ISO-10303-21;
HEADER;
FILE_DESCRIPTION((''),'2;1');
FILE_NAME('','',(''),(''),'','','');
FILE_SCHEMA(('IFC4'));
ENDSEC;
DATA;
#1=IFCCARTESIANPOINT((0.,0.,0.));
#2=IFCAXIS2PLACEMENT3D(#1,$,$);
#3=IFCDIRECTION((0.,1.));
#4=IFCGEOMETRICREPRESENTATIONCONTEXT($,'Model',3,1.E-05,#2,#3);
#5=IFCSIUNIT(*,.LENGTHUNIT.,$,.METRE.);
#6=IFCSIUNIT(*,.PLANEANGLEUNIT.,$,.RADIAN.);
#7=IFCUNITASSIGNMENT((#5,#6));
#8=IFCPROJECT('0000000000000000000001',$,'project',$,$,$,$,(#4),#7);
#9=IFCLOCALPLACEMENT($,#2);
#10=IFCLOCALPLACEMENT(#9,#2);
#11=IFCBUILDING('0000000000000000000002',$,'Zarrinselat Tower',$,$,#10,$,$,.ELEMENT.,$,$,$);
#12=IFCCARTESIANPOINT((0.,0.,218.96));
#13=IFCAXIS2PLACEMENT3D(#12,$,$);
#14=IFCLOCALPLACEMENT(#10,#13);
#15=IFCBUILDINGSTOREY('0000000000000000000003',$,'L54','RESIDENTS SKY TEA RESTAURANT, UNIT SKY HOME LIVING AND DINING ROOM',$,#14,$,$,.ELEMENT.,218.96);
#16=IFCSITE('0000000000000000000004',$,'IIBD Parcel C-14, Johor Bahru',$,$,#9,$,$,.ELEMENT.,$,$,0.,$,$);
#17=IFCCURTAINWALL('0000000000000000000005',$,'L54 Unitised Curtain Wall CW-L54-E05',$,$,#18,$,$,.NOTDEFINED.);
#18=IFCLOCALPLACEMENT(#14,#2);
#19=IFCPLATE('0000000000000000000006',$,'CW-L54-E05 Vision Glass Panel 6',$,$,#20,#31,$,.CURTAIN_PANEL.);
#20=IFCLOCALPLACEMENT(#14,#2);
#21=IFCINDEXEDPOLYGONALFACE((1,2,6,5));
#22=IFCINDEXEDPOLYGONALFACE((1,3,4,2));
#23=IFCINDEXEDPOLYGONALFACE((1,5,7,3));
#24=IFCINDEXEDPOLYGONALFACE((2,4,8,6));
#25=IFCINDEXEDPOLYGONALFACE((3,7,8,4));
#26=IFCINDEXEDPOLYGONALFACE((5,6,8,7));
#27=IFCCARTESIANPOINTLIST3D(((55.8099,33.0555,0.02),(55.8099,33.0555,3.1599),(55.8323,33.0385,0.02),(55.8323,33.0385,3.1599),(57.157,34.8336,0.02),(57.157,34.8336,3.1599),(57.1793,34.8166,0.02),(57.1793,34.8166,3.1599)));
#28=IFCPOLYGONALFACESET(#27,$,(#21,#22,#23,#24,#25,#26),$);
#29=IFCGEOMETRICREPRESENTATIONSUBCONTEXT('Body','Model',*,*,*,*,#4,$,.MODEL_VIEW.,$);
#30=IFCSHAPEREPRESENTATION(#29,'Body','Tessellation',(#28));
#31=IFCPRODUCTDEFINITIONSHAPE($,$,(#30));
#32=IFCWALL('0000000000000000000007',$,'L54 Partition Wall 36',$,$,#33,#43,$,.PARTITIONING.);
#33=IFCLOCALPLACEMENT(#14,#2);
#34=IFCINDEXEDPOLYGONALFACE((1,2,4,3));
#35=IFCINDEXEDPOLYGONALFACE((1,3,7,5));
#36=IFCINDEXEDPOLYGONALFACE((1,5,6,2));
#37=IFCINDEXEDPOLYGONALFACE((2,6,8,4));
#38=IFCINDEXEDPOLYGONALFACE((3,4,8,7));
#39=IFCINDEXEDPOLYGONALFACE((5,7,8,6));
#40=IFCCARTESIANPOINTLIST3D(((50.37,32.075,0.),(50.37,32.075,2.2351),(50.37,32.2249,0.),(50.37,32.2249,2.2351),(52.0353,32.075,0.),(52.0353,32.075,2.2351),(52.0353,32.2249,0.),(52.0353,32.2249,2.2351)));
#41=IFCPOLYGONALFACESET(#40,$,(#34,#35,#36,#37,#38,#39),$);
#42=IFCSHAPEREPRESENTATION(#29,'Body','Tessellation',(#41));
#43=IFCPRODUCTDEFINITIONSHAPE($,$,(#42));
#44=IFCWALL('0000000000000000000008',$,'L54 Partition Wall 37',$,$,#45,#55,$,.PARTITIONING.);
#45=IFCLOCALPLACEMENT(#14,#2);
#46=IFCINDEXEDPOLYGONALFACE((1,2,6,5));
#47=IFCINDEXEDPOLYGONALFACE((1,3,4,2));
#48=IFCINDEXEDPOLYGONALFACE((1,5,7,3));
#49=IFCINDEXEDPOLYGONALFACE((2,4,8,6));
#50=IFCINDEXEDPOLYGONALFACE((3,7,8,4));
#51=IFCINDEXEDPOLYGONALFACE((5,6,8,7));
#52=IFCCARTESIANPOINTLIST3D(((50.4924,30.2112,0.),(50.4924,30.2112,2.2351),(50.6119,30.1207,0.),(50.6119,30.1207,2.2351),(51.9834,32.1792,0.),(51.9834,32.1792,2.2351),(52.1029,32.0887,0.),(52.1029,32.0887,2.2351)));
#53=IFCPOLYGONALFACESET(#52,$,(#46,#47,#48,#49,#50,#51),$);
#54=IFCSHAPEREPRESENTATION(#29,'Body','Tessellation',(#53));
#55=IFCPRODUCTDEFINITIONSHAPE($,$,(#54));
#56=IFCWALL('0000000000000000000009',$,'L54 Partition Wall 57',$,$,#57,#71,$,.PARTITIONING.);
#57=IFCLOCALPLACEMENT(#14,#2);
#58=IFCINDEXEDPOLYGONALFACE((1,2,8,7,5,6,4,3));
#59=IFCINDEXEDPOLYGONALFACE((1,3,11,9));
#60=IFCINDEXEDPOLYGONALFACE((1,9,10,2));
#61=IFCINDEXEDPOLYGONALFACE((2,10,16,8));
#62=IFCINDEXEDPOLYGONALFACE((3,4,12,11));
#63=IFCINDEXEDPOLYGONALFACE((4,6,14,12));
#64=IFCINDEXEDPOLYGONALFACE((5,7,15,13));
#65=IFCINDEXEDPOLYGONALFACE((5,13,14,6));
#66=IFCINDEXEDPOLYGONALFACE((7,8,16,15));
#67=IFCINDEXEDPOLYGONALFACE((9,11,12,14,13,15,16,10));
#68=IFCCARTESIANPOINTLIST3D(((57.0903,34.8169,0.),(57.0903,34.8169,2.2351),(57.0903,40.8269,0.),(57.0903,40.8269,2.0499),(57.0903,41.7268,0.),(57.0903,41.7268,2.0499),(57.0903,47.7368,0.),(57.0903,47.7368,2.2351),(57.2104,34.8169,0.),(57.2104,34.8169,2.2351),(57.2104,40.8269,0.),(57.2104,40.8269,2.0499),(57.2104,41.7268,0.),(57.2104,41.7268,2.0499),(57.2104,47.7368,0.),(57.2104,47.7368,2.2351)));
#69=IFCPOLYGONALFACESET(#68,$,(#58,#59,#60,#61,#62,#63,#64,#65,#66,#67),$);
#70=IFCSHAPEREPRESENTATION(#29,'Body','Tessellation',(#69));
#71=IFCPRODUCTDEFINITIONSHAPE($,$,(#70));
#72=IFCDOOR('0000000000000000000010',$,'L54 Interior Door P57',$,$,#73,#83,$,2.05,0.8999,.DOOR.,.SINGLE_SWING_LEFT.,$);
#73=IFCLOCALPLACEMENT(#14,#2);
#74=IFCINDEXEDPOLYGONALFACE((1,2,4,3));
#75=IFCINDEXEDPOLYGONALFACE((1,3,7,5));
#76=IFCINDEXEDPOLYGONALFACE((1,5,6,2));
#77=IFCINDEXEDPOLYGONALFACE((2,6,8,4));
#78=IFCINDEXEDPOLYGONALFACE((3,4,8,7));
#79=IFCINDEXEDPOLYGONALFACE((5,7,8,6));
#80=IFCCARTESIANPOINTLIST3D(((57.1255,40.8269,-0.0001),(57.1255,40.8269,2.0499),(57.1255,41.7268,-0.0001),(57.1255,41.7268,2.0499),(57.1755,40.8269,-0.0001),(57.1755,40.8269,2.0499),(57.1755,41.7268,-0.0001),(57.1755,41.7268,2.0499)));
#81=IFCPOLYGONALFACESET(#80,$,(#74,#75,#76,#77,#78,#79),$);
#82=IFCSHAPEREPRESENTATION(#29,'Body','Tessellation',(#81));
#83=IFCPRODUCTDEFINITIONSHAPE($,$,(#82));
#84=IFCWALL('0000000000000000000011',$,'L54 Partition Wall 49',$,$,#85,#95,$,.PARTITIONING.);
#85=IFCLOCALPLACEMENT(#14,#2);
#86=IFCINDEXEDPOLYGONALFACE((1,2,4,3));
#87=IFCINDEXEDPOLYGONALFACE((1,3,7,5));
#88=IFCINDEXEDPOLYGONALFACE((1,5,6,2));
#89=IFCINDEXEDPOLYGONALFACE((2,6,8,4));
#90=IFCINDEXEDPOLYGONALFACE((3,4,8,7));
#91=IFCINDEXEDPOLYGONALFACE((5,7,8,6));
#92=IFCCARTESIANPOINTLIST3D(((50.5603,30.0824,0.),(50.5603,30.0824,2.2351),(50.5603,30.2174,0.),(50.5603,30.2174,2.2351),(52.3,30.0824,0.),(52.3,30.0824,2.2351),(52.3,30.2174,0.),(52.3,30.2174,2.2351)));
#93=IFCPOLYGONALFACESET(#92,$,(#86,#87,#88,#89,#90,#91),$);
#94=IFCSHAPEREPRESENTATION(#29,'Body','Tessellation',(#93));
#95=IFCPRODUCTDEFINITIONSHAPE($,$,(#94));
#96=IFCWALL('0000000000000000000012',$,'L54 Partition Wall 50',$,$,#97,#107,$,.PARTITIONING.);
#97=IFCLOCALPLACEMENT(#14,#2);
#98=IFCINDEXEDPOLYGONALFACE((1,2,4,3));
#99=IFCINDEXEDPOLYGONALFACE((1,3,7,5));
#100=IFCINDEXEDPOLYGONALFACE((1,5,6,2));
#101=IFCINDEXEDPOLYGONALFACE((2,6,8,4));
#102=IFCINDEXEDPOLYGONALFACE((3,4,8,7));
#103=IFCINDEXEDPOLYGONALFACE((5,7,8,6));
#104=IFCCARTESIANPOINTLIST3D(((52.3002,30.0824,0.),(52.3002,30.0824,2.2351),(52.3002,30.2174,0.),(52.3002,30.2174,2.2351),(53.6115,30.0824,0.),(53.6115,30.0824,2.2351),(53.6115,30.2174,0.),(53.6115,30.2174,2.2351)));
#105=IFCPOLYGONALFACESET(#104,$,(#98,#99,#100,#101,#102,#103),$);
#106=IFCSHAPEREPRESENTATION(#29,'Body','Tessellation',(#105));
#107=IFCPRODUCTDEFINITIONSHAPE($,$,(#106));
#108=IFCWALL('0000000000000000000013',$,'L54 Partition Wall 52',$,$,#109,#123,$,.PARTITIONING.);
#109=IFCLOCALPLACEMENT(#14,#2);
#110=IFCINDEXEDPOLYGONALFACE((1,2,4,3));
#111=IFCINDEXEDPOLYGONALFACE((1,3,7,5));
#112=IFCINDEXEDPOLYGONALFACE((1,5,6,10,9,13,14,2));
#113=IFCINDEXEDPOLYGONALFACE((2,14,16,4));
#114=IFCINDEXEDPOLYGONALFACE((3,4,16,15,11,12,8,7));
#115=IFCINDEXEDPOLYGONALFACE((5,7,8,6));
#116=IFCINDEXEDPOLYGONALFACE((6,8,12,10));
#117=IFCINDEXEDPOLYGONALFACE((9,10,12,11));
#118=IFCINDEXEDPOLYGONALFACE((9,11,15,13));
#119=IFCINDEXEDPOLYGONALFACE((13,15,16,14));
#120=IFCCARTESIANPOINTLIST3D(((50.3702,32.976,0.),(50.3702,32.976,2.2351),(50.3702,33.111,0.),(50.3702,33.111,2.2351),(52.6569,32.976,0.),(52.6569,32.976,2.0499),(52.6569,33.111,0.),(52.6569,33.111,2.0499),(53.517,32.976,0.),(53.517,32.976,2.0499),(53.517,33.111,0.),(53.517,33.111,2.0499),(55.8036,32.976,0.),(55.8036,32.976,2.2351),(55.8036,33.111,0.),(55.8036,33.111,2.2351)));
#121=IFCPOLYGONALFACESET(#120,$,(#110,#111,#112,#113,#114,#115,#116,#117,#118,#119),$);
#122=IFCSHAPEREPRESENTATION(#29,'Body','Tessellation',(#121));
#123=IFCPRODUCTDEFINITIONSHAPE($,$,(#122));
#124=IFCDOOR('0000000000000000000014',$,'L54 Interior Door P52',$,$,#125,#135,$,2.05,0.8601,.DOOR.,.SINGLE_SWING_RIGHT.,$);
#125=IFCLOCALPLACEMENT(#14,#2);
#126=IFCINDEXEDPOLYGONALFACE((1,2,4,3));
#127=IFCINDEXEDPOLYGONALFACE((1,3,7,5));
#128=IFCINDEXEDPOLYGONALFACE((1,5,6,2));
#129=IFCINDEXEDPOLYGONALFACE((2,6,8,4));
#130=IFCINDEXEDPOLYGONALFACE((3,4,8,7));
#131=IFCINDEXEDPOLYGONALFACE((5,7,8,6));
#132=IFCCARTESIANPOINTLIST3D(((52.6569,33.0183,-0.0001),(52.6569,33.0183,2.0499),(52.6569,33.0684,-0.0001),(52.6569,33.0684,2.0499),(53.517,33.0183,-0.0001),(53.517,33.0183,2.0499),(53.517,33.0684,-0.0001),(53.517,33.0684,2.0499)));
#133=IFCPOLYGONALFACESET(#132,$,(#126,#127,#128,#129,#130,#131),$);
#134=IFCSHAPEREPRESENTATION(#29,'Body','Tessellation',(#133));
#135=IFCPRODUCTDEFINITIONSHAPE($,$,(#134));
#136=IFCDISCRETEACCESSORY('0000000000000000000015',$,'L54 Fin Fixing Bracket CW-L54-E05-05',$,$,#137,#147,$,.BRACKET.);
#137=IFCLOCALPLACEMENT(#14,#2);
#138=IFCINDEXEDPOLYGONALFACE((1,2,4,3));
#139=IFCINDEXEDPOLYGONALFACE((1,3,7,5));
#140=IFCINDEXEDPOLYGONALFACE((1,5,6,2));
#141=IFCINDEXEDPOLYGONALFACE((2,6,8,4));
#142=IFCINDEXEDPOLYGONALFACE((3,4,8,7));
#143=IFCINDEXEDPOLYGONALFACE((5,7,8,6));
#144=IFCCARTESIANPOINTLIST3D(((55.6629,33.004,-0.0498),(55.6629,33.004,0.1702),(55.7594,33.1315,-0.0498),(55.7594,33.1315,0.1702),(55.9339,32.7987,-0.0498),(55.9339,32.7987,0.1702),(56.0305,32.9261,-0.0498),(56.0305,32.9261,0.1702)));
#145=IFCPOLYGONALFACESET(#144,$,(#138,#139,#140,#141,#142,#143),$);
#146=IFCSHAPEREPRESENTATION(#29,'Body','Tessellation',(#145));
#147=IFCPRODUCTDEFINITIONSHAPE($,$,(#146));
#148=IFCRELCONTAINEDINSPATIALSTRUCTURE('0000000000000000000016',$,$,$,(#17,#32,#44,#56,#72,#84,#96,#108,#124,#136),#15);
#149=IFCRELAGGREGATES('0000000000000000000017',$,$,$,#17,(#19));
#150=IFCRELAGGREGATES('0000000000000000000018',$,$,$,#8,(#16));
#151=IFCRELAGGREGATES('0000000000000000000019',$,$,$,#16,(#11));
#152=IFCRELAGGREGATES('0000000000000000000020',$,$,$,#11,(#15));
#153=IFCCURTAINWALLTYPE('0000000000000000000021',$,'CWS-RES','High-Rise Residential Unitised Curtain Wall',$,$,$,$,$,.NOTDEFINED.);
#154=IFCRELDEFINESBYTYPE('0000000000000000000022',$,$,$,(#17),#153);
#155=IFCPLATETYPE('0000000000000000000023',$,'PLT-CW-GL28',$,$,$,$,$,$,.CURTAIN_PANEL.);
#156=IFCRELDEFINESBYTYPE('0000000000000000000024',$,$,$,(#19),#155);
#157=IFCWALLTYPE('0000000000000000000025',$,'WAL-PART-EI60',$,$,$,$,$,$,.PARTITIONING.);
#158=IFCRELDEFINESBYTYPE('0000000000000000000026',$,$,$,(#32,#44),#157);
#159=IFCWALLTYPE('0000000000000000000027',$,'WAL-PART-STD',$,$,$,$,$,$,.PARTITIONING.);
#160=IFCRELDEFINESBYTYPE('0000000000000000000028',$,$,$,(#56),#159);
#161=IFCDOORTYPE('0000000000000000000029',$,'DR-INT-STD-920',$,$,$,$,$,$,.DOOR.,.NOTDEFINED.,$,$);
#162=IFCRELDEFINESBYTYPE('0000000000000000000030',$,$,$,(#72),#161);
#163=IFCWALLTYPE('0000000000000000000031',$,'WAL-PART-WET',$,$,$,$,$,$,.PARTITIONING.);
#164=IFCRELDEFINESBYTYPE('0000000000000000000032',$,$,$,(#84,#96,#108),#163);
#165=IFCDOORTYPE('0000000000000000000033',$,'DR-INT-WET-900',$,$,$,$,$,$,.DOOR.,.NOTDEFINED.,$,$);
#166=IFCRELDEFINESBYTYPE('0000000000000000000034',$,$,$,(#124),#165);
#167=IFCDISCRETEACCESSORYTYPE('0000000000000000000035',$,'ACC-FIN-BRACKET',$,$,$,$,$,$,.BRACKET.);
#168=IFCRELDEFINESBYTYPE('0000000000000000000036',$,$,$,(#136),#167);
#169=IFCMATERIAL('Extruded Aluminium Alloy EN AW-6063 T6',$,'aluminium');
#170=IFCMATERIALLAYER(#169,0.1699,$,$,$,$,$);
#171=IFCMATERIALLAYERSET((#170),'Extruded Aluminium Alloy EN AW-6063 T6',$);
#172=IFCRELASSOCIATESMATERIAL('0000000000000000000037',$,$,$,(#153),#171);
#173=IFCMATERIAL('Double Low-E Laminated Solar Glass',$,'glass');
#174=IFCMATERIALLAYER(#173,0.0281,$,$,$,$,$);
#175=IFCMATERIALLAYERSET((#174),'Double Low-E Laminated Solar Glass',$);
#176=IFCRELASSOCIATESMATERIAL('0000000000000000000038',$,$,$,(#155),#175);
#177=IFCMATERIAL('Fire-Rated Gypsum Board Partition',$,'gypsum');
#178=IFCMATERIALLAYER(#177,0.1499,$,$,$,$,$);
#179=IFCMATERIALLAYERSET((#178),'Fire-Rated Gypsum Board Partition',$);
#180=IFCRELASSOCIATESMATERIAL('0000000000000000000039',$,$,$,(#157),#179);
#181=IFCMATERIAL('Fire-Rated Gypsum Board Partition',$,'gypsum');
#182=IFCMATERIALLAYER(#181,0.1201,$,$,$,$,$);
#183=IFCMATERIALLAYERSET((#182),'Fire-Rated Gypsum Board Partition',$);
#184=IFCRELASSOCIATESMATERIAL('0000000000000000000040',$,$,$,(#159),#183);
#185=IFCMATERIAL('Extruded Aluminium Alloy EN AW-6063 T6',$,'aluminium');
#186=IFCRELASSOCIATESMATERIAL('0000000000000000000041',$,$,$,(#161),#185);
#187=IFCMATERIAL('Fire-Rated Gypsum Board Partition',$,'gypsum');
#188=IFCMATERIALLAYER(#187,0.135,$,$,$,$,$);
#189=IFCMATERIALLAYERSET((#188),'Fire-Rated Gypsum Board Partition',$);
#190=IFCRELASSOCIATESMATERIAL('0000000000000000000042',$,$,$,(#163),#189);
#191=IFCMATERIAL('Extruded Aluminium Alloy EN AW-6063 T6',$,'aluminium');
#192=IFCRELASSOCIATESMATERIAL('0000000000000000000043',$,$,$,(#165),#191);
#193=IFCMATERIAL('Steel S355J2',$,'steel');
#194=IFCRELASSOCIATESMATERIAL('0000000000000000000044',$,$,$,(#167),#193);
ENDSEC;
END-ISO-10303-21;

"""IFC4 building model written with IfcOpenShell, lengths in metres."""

from ifc_helpers import new_model, si_unit, direction, frame, frame_2d, origin, origin_2d, place, context, subcontext, project, spatial, rectangle, extrude, material, layer, layer_set, type_object, element, fill, aggregate, save


model = new_model("IFC4")

# Units and contexts
model_context = context("Model", 3, precision=1e-05, world=origin(), true_north=direction((0.0, 1.0)))
body_context = subcontext(model_context, "Body", "Model", "MODEL_VIEW")
ifc_project = project(units=[si_unit("LENGTHUNIT", "METRE"), si_unit("PLANEANGLEUNIT", "RADIAN")], contexts=[model_context])

# Site, building, storey
site_placement = place(None, origin())
site = spatial("IfcSite", under=ifc_project, at=site_placement, Name="IIBD Parcel C-14, Johor Bahru", CompositionType="ELEMENT", RefElevation=0.0)
building_placement = place(site_placement, origin())
building = spatial("IfcBuilding", under=site, at=building_placement, Name="Zarrinselat Tower", CompositionType="ELEMENT")
storey_placement = place(building_placement, frame((0.0, 0.0, 218.96)))
storey = spatial("IfcBuildingStorey", under=building, at=storey_placement, Name="L54", Description="RESIDENTS SKY TEA RESTAURANT, UNIT SKY HOME LIVING AND DINING ROOM", CompositionType="ELEMENT", Elevation=218.96)

# Curtain wall, plate
ifc_material_1 = material(Name="Extruded Aluminium Alloy EN AW-6063 T6", Category="aluminium")
ifc_layer_1 = layer(ifc_material_1, 0.1699)
ifc_layer_set_1 = layer_set([ifc_layer_1], Name="Extruded Aluminium Alloy EN AW-6063 T6")
curtain_wall_type = type_object("IfcCurtainWallType", Name="CWS-RES", Description="High-Rise Residential Unitised Curtain Wall", PredefinedType="NOTDEFINED", material=ifc_layer_set_1)
curtain_wall_placement = place(storey_placement, origin())
curtain_wall = element("IfcCurtainWall", 1, at=curtain_wall_placement, inside=storey, type_object=curtain_wall_type, Name="L54 Unitised Curtain Wall CW-L54-E05", PredefinedType="NOTDEFINED")
ifc_material_2 = material(Name="Double Low-E Laminated Solar Glass", Category="glass")
ifc_layer_2 = layer(ifc_material_2, 0.0281)
ifc_layer_set_2 = layer_set([ifc_layer_2], Name="Double Low-E Laminated Solar Glass")
plate_type = type_object("IfcPlateType", Name="PLT-CW-GL28", PredefinedType="CURTAIN_PANEL", material=ifc_layer_set_2)
plate_1_placement = place(storey_placement, frame((56.4946, 33.936, 0.02), z_axis=(0.0, 0.0, 1.0), x_axis=(0.603859, 0.797091, 0.0)))
plate_1 = element("IfcPlate", 2, at=plate_1_placement, type_object=plate_type, Name="CW-L54-E05 Vision Glass Panel 6", PredefinedType="CURTAIN_PANEL", context=body_context, shape_type="SweptSolid", body=[
    extrude(rectangle(XDim=2.2307, YDim=0.0281, at=origin_2d()), origin(), (0.0, 0.0, 1.0), 3.1399),
])
aggregate(curtain_wall, [plate_1])

# Walls
ifc_material_3 = material(Name="Fire-Rated Gypsum Board Partition", Category="gypsum")
ifc_layer_3 = layer(ifc_material_3, 0.1499)
ifc_layer_set_3 = layer_set([ifc_layer_3], Name="Fire-Rated Gypsum Board Partition")
wall_type_1 = type_object("IfcWallType", Name="WAL-PART-EI60", PredefinedType="PARTITIONING", material=ifc_layer_set_3)
wall_1_placement = place(storey_placement, frame((50.3701, 32.1499, 0.0), z_axis=(0.0, 0.0, 1.0), x_axis=(1.0, 0.0, 0.0)))
element("IfcWall", 3, at=wall_1_placement, inside=storey, type_object=wall_type_1, Name="L54 Partition Wall 36", PredefinedType="PARTITIONING", context=body_context, shape_type="SweptSolid", body=[
    extrude(rectangle(XDim=1.6653, YDim=0.1499, at=frame_2d((0.8325, 0.0))), origin(), (0.0, 0.0, 1.0), 2.2351),
])
wall_2_placement = place(storey_placement, frame((50.5522, 30.166, 0.0), z_axis=(0.0, 0.0, 1.0), x_axis=(0.603869, 0.797083, 0.0)))
element("IfcWall", 4, at=wall_2_placement, inside=storey, type_object=wall_type_1, Name="L54 Partition Wall 37", PredefinedType="PARTITIONING", context=body_context, shape_type="SweptSolid", body=[
    extrude(rectangle(XDim=2.469, YDim=0.1499, at=frame_2d((1.2344, 0.0))), origin(), (0.0, 0.0, 1.0), 2.2351),
])

# Wall, opening, door
ifc_material_4 = material(Name="Fire-Rated Gypsum Board Partition", Category="gypsum")
ifc_layer_4 = layer(ifc_material_4, 0.1201)
ifc_layer_set_4 = layer_set([ifc_layer_4], Name="Fire-Rated Gypsum Board Partition")
wall_type_2 = type_object("IfcWallType", Name="WAL-PART-STD", PredefinedType="PARTITIONING", material=ifc_layer_set_4)
wall_3_placement = place(storey_placement, frame((57.1504, 34.8169, 0.0), z_axis=(0.0, 0.0, 1.0), x_axis=(0.0, 1.0, 0.0)))
wall_3 = element("IfcWall", 5, at=wall_3_placement, inside=storey, type_object=wall_type_2, Name="L54 Partition Wall 57", PredefinedType="PARTITIONING", context=body_context, shape_type="SweptSolid", body=[
    extrude(rectangle(XDim=12.9199, YDim=0.1201, at=frame_2d((6.46, 0.0))), origin(), (0.0, 0.0, 1.0), 2.2351),
])
opening_1_placement = place(wall_3_placement, frame((6.01, 0.0, 0.0)))
opening_1 = element("IfcOpeningElement", 6, at=opening_1_placement, cuts=wall_3, PredefinedType="OPENING", context=body_context, shape_type="SweptSolid", body=[
    extrude(rectangle(XDim=0.8999, YDim=2.05, at=frame_2d((0.45, 1.0249))), frame((0.0, 0.0701, 0.0), z_axis=(0.0, -1.0, 0.0), x_axis=(1.0, 0.0, 0.0)), (0.0, 0.0, 1.0), 0.1401),
])
ifc_material_5 = material(Name="Extruded Aluminium Alloy EN AW-6063 T6", Category="aluminium")
door_type_1 = type_object("IfcDoorType", Name="DR-INT-STD-920", OperationType="NOTDEFINED", PredefinedType="DOOR", material=ifc_material_5)
door_1_placement = place(opening_1_placement, origin())
door_1 = element("IfcDoor", 7, at=door_1_placement, inside=storey, type_object=door_type_1, Name="L54 Interior Door P57", OperationType="SINGLE_SWING_LEFT", OverallHeight=2.05, OverallWidth=0.8999, PredefinedType="DOOR", context=body_context, shape_type="SweptSolid", body=[
    extrude(rectangle(XDim=0.8999, YDim=2.05, at=frame_2d((0.45, 1.0249))), frame((0.0, 0.0249, 0.0), z_axis=(0.0, -1.0, 0.0), x_axis=(1.0, 0.0, 0.0)), (0.0, 0.0, 1.0), 0.05),
])
fill(opening_1, door_1)

# Walls
ifc_material_6 = material(Name="Fire-Rated Gypsum Board Partition", Category="gypsum")
ifc_layer_5 = layer(ifc_material_6, 0.135)
ifc_layer_set_5 = layer_set([ifc_layer_5], Name="Fire-Rated Gypsum Board Partition")
wall_type_3 = type_object("IfcWallType", Name="WAL-PART-WET", PredefinedType="PARTITIONING", material=ifc_layer_set_5)
wall_4_placement = place(storey_placement, frame((50.5603, 30.1499, 0.0), z_axis=(0.0, 0.0, 1.0), x_axis=(1.0, 0.0, 0.0)))
element("IfcWall", 8, at=wall_4_placement, inside=storey, type_object=wall_type_3, Name="L54 Partition Wall 49", PredefinedType="PARTITIONING", context=body_context, shape_type="SweptSolid", body=[
    extrude(rectangle(XDim=1.7397, YDim=0.135, at=frame_2d((0.8699, 0.0))), origin(), (0.0, 0.0, 1.0), 2.2351),
])
wall_5_placement = place(storey_placement, frame((52.3, 30.1499, 0.0), z_axis=(0.0, 0.0, 1.0), x_axis=(1.0, 0.0, 0.0)))
element("IfcWall", 9, at=wall_5_placement, inside=storey, type_object=wall_type_3, Name="L54 Partition Wall 50", PredefinedType="PARTITIONING", context=body_context, shape_type="SweptSolid", body=[
    extrude(rectangle(XDim=1.3113, YDim=0.135, at=frame_2d((0.6558, 0.0))), origin(), (0.0, 0.0, 1.0), 2.2351),
])

# Wall, opening, door
wall_6_placement = place(storey_placement, frame((50.3701, 33.0435, 0.0), z_axis=(0.0, 0.0, 1.0), x_axis=(1.0, 0.0, 0.0)))
wall_6 = element("IfcWall", 10, at=wall_6_placement, inside=storey, type_object=wall_type_3, Name="L54 Partition Wall 52", PredefinedType="PARTITIONING", context=body_context, shape_type="SweptSolid", body=[
    extrude(rectangle(XDim=5.4333, YDim=0.135, at=frame_2d((2.7168, 0.0))), origin(), (0.0, 0.0, 1.0), 2.2351),
])
opening_2_placement = place(wall_6_placement, frame((2.2866, 0.0, 0.0)))
opening_2 = element("IfcOpeningElement", 11, at=opening_2_placement, cuts=wall_6, PredefinedType="OPENING", context=body_context, shape_type="SweptSolid", body=[
    extrude(rectangle(XDim=0.8601, YDim=2.05, at=frame_2d((0.4302, 1.0249))), frame((0.0, 0.0774, 0.0), z_axis=(0.0, -1.0, 0.0), x_axis=(1.0, 0.0, 0.0)), (0.0, 0.0, 1.0), 0.155),
])
ifc_material_7 = material(Name="Extruded Aluminium Alloy EN AW-6063 T6", Category="aluminium")
door_type_2 = type_object("IfcDoorType", Name="DR-INT-WET-900", OperationType="NOTDEFINED", PredefinedType="DOOR", material=ifc_material_7)
door_2_placement = place(opening_2_placement, origin())
door_2 = element("IfcDoor", 12, at=door_2_placement, inside=storey, type_object=door_type_2, Name="L54 Interior Door P52", OperationType="SINGLE_SWING_RIGHT", OverallHeight=2.05, OverallWidth=0.8601, PredefinedType="DOOR", context=body_context, shape_type="SweptSolid", body=[
    extrude(rectangle(XDim=0.8601, YDim=2.05, at=frame_2d((0.4302, 1.0249))), frame((0.0, 0.0249, 0.0), z_axis=(0.0, -1.0, 0.0), x_axis=(1.0, 0.0, 0.0)), (0.0, 0.0, 1.0), 0.05),
])
fill(opening_2, door_2)

# Discrete accessory
ifc_material_8 = material(Name="Steel S355J2", Category="steel")
discrete_accessory_type = type_object("IfcDiscreteAccessoryType", Name="ACC-FIN-BRACKET", PredefinedType="BRACKET", material=ifc_material_8)
discrete_accessory_placement = place(storey_placement, frame((55.8467, 32.9651, -0.0498), z_axis=(0.0, 0.0, 1.0), x_axis=(0.797091, -0.603859, 0.0)))
element("IfcDiscreteAccessory", 13, at=discrete_accessory_placement, inside=storey, type_object=discrete_accessory_type, Name="L54 Fin Fixing Bracket CW-L54-E05-05", PredefinedType="BRACKET", context=body_context, shape_type="SweptSolid", body=[
    extrude(rectangle(XDim=0.3401, YDim=0.1599, at=origin_2d()), origin(), (0.0, 0.0, 1.0), 0.22),
])

save(model, "model.ifc")
